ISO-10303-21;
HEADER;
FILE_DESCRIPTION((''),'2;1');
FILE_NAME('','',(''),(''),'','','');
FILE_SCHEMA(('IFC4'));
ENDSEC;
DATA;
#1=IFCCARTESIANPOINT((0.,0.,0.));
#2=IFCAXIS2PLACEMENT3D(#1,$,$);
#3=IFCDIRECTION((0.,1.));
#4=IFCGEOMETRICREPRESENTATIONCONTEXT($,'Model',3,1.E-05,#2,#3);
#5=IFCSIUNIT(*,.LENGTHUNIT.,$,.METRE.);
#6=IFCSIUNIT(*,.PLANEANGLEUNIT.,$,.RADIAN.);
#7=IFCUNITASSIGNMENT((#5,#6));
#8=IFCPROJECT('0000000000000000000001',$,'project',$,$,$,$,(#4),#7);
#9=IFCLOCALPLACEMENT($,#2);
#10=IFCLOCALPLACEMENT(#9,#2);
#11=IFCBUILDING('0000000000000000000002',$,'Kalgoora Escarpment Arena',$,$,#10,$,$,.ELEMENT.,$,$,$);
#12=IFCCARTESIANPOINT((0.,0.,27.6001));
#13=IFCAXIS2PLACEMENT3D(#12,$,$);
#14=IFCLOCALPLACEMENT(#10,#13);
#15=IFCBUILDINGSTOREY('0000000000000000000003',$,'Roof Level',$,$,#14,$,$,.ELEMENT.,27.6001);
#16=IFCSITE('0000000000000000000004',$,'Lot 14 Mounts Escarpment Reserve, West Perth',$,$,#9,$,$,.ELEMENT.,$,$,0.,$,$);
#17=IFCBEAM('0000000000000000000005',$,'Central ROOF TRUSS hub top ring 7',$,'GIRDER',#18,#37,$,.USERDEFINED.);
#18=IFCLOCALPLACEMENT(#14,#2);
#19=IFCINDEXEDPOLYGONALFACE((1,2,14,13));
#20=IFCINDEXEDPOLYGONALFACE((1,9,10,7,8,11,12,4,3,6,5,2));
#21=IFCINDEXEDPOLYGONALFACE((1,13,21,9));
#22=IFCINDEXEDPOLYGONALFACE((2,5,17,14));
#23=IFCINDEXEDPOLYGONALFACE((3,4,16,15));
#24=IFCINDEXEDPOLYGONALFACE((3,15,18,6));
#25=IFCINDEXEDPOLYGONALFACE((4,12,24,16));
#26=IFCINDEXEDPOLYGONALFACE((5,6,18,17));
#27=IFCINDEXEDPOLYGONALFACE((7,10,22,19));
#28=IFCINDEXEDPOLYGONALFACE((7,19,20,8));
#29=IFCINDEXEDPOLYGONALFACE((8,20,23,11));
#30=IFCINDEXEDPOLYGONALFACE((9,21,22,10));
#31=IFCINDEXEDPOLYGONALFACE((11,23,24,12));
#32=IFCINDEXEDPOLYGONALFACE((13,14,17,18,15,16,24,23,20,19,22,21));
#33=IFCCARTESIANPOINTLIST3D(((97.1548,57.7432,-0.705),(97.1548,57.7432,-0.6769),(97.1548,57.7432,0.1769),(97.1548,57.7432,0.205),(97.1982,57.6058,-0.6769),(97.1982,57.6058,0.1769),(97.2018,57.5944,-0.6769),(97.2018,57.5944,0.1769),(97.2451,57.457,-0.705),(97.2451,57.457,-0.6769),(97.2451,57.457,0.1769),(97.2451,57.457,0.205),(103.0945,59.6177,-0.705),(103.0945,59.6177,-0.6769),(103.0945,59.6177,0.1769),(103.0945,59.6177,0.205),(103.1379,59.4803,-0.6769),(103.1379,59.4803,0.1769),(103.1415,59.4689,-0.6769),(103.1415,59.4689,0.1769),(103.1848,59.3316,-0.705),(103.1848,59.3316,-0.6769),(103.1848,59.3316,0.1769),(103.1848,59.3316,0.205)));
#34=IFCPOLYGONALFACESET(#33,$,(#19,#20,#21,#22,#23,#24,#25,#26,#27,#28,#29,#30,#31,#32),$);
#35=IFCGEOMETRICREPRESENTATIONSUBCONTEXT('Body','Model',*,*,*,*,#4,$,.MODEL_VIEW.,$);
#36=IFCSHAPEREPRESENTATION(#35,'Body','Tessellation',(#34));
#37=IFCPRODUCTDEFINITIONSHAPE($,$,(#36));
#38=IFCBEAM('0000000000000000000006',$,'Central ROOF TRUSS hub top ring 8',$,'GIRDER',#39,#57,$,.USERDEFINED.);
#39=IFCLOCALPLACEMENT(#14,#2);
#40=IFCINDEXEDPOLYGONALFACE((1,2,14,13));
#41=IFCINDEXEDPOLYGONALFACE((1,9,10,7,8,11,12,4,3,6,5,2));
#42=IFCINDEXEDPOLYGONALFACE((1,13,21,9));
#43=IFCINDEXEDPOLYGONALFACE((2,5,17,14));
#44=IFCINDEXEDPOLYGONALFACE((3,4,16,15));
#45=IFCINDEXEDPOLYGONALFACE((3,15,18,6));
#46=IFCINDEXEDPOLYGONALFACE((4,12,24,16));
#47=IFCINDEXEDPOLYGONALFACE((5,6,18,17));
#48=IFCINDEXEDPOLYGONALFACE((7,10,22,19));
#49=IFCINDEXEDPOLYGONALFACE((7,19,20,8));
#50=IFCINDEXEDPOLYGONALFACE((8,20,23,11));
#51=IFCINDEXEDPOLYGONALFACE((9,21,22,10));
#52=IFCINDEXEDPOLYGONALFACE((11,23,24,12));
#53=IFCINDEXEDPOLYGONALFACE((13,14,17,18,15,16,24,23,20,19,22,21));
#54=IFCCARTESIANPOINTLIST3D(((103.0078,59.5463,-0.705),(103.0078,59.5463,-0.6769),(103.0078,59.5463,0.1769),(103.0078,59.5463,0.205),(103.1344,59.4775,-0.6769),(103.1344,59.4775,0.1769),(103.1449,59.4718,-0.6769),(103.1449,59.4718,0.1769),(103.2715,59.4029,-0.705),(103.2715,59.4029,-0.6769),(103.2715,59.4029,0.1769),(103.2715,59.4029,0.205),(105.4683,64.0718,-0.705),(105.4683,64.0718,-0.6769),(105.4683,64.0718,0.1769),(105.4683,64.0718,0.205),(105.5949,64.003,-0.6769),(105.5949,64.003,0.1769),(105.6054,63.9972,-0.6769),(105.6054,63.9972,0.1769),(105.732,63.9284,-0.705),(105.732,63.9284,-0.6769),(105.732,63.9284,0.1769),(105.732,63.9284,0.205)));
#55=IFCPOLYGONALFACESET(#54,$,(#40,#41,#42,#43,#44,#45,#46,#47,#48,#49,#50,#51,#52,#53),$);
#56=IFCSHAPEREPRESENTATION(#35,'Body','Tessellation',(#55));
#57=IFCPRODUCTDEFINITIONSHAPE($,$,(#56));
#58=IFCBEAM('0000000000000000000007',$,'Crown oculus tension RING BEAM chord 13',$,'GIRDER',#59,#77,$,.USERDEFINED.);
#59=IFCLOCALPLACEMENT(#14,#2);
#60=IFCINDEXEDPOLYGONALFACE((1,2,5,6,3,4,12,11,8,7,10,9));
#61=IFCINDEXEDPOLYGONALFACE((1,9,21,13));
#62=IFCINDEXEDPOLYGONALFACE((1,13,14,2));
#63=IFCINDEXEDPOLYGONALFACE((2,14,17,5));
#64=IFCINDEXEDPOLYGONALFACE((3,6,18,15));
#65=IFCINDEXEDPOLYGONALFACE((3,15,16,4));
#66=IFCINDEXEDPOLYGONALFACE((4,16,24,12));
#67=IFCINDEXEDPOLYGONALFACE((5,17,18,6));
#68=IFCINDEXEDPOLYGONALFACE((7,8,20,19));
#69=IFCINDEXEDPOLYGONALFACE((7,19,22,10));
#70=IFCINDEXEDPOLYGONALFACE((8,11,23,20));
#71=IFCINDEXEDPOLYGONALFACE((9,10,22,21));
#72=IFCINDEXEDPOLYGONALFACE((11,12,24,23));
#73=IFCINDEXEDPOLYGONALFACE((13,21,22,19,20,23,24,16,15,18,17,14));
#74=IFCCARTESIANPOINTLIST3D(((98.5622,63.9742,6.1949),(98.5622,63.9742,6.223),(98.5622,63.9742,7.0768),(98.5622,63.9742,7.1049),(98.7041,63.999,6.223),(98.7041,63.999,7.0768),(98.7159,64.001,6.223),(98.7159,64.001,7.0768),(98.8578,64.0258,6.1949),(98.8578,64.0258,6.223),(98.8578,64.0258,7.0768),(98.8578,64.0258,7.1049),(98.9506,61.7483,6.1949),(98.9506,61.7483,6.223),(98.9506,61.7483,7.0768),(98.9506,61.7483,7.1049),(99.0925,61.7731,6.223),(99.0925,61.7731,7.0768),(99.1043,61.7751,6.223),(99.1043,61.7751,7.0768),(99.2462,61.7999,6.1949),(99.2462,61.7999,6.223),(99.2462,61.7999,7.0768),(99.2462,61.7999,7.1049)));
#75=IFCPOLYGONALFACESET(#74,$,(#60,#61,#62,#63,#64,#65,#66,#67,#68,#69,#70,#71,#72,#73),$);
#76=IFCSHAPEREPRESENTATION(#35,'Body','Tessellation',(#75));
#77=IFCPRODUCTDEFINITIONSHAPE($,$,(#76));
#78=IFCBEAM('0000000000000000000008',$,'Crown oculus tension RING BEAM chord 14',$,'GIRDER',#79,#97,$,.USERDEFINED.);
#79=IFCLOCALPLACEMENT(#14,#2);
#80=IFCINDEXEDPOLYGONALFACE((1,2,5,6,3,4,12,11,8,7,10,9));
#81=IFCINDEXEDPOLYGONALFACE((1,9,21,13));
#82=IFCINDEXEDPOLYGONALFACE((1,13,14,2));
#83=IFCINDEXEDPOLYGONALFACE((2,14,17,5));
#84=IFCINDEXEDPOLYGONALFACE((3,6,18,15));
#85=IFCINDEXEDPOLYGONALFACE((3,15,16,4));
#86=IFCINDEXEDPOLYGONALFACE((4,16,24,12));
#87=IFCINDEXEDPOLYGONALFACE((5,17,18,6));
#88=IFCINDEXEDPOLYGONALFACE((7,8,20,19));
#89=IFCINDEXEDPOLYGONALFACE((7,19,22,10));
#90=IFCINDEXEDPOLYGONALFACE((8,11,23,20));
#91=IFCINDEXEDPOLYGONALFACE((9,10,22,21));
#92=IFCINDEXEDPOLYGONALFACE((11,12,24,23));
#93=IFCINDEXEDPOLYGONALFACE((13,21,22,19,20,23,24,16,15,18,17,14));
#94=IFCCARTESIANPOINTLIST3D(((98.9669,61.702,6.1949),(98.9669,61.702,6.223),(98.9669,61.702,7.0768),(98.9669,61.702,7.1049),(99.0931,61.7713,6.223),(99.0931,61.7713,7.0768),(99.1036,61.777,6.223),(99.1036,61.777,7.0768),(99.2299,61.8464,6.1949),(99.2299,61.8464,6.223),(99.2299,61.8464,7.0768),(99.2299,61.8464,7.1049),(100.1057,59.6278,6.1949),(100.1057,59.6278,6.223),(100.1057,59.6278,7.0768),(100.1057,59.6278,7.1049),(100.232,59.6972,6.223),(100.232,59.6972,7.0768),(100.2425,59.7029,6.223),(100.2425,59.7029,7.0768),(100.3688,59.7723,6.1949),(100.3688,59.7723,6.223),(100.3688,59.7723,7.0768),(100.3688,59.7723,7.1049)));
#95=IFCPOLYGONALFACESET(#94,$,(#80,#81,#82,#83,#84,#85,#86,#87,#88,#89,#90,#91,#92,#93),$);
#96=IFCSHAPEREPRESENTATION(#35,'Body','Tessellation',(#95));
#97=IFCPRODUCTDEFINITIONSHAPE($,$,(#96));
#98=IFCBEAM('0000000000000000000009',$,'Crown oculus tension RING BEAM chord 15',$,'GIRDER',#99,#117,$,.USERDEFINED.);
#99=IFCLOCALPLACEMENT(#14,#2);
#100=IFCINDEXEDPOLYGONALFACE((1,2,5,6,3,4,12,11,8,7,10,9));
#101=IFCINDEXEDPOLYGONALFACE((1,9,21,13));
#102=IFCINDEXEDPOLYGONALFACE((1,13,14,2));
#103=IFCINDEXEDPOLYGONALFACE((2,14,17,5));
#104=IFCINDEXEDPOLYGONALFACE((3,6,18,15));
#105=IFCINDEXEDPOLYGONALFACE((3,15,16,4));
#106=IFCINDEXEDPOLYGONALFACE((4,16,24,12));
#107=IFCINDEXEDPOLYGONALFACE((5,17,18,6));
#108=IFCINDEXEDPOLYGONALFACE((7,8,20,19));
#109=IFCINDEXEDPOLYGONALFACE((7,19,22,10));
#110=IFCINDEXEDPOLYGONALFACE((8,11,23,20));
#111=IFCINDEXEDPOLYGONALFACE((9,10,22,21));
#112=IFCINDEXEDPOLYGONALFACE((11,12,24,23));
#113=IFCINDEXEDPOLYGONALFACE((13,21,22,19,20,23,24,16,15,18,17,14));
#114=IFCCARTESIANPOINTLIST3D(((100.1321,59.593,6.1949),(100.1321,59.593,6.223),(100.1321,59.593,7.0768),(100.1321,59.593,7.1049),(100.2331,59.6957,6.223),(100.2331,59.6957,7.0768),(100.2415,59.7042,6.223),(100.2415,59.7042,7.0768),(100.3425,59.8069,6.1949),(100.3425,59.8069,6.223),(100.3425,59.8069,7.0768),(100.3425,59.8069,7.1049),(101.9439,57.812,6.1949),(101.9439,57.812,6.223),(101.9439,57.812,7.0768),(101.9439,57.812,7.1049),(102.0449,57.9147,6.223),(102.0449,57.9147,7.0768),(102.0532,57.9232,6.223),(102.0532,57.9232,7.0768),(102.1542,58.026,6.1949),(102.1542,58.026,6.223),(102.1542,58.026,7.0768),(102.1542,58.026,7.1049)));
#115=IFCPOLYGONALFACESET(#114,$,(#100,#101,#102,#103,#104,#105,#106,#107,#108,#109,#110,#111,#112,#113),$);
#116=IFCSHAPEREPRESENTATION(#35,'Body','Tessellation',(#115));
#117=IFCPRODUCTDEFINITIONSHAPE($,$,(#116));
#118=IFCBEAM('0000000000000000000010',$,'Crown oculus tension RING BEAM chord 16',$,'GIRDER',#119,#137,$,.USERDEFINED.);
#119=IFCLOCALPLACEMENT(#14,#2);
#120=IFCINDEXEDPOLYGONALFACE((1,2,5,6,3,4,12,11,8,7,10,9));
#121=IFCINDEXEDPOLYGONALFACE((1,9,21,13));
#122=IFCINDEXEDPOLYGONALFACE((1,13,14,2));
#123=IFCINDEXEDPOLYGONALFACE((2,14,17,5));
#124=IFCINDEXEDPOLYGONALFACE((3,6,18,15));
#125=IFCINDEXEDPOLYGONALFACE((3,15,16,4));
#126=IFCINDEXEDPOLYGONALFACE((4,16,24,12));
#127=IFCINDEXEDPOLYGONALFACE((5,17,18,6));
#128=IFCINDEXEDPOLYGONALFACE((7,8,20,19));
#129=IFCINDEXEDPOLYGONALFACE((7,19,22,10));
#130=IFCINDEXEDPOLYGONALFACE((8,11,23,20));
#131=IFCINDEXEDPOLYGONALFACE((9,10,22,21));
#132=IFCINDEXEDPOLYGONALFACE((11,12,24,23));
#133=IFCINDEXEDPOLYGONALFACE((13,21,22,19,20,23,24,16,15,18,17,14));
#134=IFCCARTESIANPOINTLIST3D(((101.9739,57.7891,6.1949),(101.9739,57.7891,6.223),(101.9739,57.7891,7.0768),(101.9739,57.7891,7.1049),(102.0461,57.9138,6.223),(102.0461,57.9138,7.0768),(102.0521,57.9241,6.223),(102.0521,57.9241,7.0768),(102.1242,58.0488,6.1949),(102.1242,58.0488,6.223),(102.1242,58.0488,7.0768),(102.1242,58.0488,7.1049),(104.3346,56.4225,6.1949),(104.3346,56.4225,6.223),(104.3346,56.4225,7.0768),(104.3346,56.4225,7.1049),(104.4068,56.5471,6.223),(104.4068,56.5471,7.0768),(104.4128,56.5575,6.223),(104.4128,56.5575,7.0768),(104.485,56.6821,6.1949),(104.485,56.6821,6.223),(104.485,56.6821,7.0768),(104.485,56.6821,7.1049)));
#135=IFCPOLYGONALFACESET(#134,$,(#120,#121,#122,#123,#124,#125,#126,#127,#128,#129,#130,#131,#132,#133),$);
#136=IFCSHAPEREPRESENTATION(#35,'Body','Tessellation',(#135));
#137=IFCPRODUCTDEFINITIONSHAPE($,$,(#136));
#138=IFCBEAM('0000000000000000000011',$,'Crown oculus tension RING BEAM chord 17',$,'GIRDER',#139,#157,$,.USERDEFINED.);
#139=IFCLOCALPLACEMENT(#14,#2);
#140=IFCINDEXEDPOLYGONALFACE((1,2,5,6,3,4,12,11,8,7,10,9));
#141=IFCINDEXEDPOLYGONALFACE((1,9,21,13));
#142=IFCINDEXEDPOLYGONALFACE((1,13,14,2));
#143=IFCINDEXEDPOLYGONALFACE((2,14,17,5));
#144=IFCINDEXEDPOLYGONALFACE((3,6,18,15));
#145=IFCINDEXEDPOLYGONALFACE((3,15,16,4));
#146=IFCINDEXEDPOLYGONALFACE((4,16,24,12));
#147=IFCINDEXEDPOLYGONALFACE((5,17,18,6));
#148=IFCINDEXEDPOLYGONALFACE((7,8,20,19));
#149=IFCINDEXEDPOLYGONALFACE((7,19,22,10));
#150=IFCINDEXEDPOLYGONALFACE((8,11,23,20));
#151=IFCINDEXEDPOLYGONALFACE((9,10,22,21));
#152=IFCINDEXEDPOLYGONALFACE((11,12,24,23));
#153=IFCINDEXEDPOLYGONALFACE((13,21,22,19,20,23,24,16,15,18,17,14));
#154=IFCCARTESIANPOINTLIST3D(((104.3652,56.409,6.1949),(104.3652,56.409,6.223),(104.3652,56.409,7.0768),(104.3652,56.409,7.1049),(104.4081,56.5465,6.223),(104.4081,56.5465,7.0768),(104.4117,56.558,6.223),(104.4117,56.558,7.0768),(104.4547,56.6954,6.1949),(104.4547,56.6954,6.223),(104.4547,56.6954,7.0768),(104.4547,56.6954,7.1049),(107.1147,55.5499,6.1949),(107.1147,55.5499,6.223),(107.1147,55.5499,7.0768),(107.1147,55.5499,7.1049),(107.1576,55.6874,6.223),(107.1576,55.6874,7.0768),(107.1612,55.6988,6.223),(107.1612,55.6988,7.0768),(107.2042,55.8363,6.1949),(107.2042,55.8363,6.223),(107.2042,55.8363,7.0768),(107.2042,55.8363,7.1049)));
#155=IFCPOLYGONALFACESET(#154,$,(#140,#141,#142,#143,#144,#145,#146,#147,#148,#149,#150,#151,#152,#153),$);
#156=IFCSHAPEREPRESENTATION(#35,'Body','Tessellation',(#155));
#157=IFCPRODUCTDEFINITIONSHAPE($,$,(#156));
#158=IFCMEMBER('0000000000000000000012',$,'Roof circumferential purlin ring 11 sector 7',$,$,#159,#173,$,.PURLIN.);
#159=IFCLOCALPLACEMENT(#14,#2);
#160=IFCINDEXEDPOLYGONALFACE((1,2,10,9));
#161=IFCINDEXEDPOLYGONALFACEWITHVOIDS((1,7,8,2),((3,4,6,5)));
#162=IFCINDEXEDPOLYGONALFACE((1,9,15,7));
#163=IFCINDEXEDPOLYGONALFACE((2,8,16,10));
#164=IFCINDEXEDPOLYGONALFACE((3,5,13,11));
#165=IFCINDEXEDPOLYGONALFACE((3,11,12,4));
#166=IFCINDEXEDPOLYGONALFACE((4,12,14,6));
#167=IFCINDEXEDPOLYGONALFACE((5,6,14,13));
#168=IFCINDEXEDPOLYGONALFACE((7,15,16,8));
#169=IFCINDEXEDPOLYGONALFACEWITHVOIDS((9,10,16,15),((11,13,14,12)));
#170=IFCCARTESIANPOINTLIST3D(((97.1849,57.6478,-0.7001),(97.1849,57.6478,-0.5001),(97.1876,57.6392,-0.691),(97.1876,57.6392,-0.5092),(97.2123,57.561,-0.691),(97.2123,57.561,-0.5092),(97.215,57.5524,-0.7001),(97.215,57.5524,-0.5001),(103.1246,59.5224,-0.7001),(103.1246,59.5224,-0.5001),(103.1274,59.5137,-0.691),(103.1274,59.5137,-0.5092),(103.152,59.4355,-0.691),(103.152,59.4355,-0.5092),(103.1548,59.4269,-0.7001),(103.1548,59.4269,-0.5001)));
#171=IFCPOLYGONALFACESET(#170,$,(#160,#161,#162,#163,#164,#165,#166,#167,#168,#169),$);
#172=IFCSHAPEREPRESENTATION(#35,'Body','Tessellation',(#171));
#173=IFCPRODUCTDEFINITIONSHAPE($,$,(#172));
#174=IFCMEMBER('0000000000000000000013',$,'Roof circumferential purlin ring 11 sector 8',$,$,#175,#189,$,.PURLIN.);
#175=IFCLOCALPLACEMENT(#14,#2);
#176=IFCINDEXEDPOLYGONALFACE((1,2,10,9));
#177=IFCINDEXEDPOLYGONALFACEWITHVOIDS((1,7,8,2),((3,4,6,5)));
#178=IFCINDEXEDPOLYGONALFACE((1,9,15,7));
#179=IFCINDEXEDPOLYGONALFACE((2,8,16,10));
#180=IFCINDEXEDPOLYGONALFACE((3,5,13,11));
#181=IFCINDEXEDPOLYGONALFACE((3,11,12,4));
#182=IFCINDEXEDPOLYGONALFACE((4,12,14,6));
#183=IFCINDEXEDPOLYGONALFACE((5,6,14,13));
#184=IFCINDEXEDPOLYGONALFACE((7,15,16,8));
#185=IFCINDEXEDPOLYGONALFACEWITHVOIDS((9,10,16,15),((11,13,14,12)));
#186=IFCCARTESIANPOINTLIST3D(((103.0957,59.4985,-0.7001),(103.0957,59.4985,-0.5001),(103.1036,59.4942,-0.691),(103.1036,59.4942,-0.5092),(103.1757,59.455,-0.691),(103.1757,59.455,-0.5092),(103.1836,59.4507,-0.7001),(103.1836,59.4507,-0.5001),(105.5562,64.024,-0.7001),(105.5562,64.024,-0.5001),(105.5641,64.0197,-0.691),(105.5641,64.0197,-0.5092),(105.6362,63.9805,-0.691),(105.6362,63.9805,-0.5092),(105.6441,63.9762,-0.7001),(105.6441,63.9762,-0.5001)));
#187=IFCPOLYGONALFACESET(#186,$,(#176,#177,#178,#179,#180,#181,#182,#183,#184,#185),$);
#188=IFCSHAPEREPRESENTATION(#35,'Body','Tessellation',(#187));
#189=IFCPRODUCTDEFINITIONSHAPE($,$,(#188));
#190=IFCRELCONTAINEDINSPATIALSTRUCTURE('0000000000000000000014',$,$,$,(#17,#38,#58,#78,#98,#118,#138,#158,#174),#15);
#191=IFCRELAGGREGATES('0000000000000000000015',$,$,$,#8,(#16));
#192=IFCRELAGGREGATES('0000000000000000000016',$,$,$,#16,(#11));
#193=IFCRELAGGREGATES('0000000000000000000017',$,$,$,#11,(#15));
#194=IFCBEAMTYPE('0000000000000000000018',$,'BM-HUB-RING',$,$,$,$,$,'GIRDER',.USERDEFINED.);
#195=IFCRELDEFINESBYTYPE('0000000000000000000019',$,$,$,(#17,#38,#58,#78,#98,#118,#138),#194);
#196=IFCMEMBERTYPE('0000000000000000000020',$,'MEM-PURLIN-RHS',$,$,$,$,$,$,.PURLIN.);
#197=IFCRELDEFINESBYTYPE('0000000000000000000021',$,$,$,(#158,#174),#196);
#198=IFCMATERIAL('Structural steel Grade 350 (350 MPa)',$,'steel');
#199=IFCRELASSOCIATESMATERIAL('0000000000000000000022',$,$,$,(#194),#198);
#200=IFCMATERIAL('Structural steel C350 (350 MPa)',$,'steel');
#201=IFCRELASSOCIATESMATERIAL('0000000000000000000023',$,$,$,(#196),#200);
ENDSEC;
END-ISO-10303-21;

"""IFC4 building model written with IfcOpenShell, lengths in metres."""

from ifc_helpers import new_model, si_unit, direction, frame, origin, origin_2d, place, context, subcontext, project, spatial, hollow_rectangle, i_section, extrude, material, material_profile, profile_set, type_object, element, save


model = new_model("IFC4")

# Units and contexts
model_context = context("Model", 3, precision=1e-05, world=origin(), true_north=direction((0.0, 1.0)))
body_context = subcontext(model_context, "Body", "Model", "MODEL_VIEW")
ifc_project = project(units=[si_unit("LENGTHUNIT", "METRE"), si_unit("PLANEANGLEUNIT", "RADIAN")], contexts=[model_context])

# Site, building, storey
site_placement = place(None, origin())
site = spatial("IfcSite", under=ifc_project, at=site_placement, Name="Lot 14 Mounts Escarpment Reserve, West Perth", CompositionType="ELEMENT", RefElevation=0.0)
building_placement = place(site_placement, origin())
building = spatial("IfcBuilding", under=site, at=building_placement, Name="Kalgoora Escarpment Arena", CompositionType="ELEMENT")
storey_placement = place(building_placement, frame((0.0, 0.0, 27.6001)))
storey = spatial("IfcBuildingStorey", under=building, at=storey_placement, Name="Roof Level", CompositionType="ELEMENT", Elevation=27.6001)

# Beams
ifc_material_1 = material(Name="Structural steel Grade 350 (350 MPa)", Category="steel")
ifc_material_profile_1 = material_profile(ifc_material_1, i_section(OverallWidth=0.3, OverallDepth=0.9099, WebThickness=0.012, FlangeThickness=0.0281, at=origin_2d()))
ifc_profile_set_1 = profile_set([ifc_material_profile_1], Name="Structural steel Grade 350 (350 MPa)")
beam_type = type_object("IfcBeamType", Name="BM-HUB-RING", ElementType="GIRDER", PredefinedType="USERDEFINED", material=ifc_profile_set_1)
beam_1_placement = place(storey_placement, frame((97.2, 57.6001, -0.25), z_axis=(0.953637, 0.300959, 0.0), x_axis=(-0.300959, 0.953637, 0.0)))
element("IfcBeam", 1, at=beam_1_placement, inside=storey, type_object=beam_type, Name="Central ROOF TRUSS hub top ring 7", ObjectType="GIRDER", PredefinedType="USERDEFINED", context=body_context, shape_type="SweptSolid", body=[
    extrude(i_section(OverallWidth=0.3, OverallDepth=0.9099, WebThickness=0.012, FlangeThickness=0.0281, at=origin_2d()), origin(), (0.0, 0.0, 1.0), 6.2285),
])
beam_2_placement = place(storey_placement, frame((103.1396, 59.4746, -0.25), z_axis=(0.477663, 0.878543, 0.0), x_axis=(-0.878543, 0.477663, 0.0)))
element("IfcBeam", 2, at=beam_2_placement, inside=storey, type_object=beam_type, Name="Central ROOF TRUSS hub top ring 8", ObjectType="GIRDER", PredefinedType="USERDEFINED", context=body_context, shape_type="SweptSolid", body=[
    extrude(i_section(OverallWidth=0.3, OverallDepth=0.9099, WebThickness=0.012, FlangeThickness=0.0281, at=origin_2d()), origin(), (0.0, 0.0, 1.0), 5.1511),
])
beam_3_placement = place(storey_placement, frame((98.71, 64.0, 6.6499), z_axis=(0.171911, -0.985112, 0.0), x_axis=(0.985112, 0.171911, 0.0)))
element("IfcBeam", 3, at=beam_3_placement, inside=storey, type_object=beam_type, Name="Crown oculus tension RING BEAM chord 13", ObjectType="GIRDER", PredefinedType="USERDEFINED", context=body_context, shape_type="SweptSolid", body=[
    extrude(i_section(OverallWidth=0.3, OverallDepth=0.9099, WebThickness=0.012, FlangeThickness=0.0281, at=origin_2d()), origin(), (0.0, 0.0, 1.0), 2.2595),
])
beam_4_placement = place(storey_placement, frame((99.0984, 61.7742, 6.6499), z_axis=(0.481301, -0.876556, 0.0), x_axis=(0.876556, 0.481301, 0.0)))
element("IfcBeam", 4, at=beam_4_placement, inside=storey, type_object=beam_type, Name="Crown oculus tension RING BEAM chord 14", ObjectType="GIRDER", PredefinedType="USERDEFINED", context=body_context, shape_type="SweptSolid", body=[
    extrude(i_section(OverallWidth=0.3, OverallDepth=0.9099, WebThickness=0.012, FlangeThickness=0.0281, at=origin_2d()), origin(), (0.0, 0.0, 1.0), 2.3662),
])
beam_5_placement = place(storey_placement, frame((100.2373, 59.7, 6.6499), z_axis=(0.713135, -0.701027, 0.0), x_axis=(0.701027, 0.713135, 0.0)))
element("IfcBeam", 5, at=beam_5_placement, inside=storey, type_object=beam_type, Name="Crown oculus tension RING BEAM chord 15", ObjectType="GIRDER", PredefinedType="USERDEFINED", context=body_context, shape_type="SweptSolid", body=[
    extrude(i_section(OverallWidth=0.3, OverallDepth=0.9099, WebThickness=0.012, FlangeThickness=0.0281, at=origin_2d()), origin(), (0.0, 0.0, 1.0), 2.5405),
])
beam_6_placement = place(storey_placement, frame((102.0491, 57.9189, 6.6499), z_axis=(0.865443, -0.501008, 0.0), x_axis=(0.501008, 0.865443, 0.0)))
element("IfcBeam", 6, at=beam_6_placement, inside=storey, type_object=beam_type, Name="Crown oculus tension RING BEAM chord 16", ObjectType="GIRDER", PredefinedType="USERDEFINED", context=body_context, shape_type="SweptSolid", body=[
    extrude(i_section(OverallWidth=0.3, OverallDepth=0.9099, WebThickness=0.012, FlangeThickness=0.0281, at=origin_2d()), origin(), (0.0, 0.0, 1.0), 2.7278),
])
beam_7_placement = place(storey_placement, frame((104.4099, 56.5522, 6.6499), z_axis=(0.954489, -0.298246, 0.0), x_axis=(0.298246, 0.954489, 0.0)))
element("IfcBeam", 7, at=beam_7_placement, inside=storey, type_object=beam_type, Name="Crown oculus tension RING BEAM chord 17", ObjectType="GIRDER", PredefinedType="USERDEFINED", context=body_context, shape_type="SweptSolid", body=[
    extrude(i_section(OverallWidth=0.3, OverallDepth=0.9099, WebThickness=0.012, FlangeThickness=0.0281, at=origin_2d()), origin(), (0.0, 0.0, 1.0), 2.8806),
])

# Members
ifc_material_2 = material(Name="Structural steel C350 (350 MPa)", Category="steel")
ifc_material_profile_2 = material_profile(ifc_material_2, hollow_rectangle(XDim=0.1001, YDim=0.2, WallThickness=0.009, at=origin_2d()))
ifc_profile_set_2 = profile_set([ifc_material_profile_2], Name="Structural steel C350 (350 MPa)")
member_type = type_object("IfcMemberType", Name="MEM-PURLIN-RHS", PredefinedType="PURLIN", material=ifc_profile_set_2)
member_1_placement = place(storey_placement, frame((97.2, 57.6001, -0.6001), z_axis=(0.953637, 0.300959, 0.0), x_axis=(-0.300959, 0.953637, 0.0)))
element("IfcMember", 8, at=member_1_placement, inside=storey, type_object=member_type, Name="Roof circumferential purlin ring 11 sector 7", PredefinedType="PURLIN", context=body_context, shape_type="SweptSolid", body=[
    extrude(hollow_rectangle(XDim=0.1001, YDim=0.2, WallThickness=0.009, at=origin_2d()), origin(), (0.0, 0.0, 1.0), 6.2285),
])
member_2_placement = place(storey_placement, frame((103.1396, 59.4746, -0.6001), z_axis=(0.477663, 0.878543, 0.0), x_axis=(-0.878543, 0.477663, 0.0)))
element("IfcMember", 9, at=member_2_placement, inside=storey, type_object=member_type, Name="Roof circumferential purlin ring 11 sector 8", PredefinedType="PURLIN", context=body_context, shape_type="SweptSolid", body=[
    extrude(hollow_rectangle(XDim=0.1001, YDim=0.2, WallThickness=0.009, at=origin_2d()), origin(), (0.0, 0.0, 1.0), 5.1511),
])

save(model, "model.ifc")
